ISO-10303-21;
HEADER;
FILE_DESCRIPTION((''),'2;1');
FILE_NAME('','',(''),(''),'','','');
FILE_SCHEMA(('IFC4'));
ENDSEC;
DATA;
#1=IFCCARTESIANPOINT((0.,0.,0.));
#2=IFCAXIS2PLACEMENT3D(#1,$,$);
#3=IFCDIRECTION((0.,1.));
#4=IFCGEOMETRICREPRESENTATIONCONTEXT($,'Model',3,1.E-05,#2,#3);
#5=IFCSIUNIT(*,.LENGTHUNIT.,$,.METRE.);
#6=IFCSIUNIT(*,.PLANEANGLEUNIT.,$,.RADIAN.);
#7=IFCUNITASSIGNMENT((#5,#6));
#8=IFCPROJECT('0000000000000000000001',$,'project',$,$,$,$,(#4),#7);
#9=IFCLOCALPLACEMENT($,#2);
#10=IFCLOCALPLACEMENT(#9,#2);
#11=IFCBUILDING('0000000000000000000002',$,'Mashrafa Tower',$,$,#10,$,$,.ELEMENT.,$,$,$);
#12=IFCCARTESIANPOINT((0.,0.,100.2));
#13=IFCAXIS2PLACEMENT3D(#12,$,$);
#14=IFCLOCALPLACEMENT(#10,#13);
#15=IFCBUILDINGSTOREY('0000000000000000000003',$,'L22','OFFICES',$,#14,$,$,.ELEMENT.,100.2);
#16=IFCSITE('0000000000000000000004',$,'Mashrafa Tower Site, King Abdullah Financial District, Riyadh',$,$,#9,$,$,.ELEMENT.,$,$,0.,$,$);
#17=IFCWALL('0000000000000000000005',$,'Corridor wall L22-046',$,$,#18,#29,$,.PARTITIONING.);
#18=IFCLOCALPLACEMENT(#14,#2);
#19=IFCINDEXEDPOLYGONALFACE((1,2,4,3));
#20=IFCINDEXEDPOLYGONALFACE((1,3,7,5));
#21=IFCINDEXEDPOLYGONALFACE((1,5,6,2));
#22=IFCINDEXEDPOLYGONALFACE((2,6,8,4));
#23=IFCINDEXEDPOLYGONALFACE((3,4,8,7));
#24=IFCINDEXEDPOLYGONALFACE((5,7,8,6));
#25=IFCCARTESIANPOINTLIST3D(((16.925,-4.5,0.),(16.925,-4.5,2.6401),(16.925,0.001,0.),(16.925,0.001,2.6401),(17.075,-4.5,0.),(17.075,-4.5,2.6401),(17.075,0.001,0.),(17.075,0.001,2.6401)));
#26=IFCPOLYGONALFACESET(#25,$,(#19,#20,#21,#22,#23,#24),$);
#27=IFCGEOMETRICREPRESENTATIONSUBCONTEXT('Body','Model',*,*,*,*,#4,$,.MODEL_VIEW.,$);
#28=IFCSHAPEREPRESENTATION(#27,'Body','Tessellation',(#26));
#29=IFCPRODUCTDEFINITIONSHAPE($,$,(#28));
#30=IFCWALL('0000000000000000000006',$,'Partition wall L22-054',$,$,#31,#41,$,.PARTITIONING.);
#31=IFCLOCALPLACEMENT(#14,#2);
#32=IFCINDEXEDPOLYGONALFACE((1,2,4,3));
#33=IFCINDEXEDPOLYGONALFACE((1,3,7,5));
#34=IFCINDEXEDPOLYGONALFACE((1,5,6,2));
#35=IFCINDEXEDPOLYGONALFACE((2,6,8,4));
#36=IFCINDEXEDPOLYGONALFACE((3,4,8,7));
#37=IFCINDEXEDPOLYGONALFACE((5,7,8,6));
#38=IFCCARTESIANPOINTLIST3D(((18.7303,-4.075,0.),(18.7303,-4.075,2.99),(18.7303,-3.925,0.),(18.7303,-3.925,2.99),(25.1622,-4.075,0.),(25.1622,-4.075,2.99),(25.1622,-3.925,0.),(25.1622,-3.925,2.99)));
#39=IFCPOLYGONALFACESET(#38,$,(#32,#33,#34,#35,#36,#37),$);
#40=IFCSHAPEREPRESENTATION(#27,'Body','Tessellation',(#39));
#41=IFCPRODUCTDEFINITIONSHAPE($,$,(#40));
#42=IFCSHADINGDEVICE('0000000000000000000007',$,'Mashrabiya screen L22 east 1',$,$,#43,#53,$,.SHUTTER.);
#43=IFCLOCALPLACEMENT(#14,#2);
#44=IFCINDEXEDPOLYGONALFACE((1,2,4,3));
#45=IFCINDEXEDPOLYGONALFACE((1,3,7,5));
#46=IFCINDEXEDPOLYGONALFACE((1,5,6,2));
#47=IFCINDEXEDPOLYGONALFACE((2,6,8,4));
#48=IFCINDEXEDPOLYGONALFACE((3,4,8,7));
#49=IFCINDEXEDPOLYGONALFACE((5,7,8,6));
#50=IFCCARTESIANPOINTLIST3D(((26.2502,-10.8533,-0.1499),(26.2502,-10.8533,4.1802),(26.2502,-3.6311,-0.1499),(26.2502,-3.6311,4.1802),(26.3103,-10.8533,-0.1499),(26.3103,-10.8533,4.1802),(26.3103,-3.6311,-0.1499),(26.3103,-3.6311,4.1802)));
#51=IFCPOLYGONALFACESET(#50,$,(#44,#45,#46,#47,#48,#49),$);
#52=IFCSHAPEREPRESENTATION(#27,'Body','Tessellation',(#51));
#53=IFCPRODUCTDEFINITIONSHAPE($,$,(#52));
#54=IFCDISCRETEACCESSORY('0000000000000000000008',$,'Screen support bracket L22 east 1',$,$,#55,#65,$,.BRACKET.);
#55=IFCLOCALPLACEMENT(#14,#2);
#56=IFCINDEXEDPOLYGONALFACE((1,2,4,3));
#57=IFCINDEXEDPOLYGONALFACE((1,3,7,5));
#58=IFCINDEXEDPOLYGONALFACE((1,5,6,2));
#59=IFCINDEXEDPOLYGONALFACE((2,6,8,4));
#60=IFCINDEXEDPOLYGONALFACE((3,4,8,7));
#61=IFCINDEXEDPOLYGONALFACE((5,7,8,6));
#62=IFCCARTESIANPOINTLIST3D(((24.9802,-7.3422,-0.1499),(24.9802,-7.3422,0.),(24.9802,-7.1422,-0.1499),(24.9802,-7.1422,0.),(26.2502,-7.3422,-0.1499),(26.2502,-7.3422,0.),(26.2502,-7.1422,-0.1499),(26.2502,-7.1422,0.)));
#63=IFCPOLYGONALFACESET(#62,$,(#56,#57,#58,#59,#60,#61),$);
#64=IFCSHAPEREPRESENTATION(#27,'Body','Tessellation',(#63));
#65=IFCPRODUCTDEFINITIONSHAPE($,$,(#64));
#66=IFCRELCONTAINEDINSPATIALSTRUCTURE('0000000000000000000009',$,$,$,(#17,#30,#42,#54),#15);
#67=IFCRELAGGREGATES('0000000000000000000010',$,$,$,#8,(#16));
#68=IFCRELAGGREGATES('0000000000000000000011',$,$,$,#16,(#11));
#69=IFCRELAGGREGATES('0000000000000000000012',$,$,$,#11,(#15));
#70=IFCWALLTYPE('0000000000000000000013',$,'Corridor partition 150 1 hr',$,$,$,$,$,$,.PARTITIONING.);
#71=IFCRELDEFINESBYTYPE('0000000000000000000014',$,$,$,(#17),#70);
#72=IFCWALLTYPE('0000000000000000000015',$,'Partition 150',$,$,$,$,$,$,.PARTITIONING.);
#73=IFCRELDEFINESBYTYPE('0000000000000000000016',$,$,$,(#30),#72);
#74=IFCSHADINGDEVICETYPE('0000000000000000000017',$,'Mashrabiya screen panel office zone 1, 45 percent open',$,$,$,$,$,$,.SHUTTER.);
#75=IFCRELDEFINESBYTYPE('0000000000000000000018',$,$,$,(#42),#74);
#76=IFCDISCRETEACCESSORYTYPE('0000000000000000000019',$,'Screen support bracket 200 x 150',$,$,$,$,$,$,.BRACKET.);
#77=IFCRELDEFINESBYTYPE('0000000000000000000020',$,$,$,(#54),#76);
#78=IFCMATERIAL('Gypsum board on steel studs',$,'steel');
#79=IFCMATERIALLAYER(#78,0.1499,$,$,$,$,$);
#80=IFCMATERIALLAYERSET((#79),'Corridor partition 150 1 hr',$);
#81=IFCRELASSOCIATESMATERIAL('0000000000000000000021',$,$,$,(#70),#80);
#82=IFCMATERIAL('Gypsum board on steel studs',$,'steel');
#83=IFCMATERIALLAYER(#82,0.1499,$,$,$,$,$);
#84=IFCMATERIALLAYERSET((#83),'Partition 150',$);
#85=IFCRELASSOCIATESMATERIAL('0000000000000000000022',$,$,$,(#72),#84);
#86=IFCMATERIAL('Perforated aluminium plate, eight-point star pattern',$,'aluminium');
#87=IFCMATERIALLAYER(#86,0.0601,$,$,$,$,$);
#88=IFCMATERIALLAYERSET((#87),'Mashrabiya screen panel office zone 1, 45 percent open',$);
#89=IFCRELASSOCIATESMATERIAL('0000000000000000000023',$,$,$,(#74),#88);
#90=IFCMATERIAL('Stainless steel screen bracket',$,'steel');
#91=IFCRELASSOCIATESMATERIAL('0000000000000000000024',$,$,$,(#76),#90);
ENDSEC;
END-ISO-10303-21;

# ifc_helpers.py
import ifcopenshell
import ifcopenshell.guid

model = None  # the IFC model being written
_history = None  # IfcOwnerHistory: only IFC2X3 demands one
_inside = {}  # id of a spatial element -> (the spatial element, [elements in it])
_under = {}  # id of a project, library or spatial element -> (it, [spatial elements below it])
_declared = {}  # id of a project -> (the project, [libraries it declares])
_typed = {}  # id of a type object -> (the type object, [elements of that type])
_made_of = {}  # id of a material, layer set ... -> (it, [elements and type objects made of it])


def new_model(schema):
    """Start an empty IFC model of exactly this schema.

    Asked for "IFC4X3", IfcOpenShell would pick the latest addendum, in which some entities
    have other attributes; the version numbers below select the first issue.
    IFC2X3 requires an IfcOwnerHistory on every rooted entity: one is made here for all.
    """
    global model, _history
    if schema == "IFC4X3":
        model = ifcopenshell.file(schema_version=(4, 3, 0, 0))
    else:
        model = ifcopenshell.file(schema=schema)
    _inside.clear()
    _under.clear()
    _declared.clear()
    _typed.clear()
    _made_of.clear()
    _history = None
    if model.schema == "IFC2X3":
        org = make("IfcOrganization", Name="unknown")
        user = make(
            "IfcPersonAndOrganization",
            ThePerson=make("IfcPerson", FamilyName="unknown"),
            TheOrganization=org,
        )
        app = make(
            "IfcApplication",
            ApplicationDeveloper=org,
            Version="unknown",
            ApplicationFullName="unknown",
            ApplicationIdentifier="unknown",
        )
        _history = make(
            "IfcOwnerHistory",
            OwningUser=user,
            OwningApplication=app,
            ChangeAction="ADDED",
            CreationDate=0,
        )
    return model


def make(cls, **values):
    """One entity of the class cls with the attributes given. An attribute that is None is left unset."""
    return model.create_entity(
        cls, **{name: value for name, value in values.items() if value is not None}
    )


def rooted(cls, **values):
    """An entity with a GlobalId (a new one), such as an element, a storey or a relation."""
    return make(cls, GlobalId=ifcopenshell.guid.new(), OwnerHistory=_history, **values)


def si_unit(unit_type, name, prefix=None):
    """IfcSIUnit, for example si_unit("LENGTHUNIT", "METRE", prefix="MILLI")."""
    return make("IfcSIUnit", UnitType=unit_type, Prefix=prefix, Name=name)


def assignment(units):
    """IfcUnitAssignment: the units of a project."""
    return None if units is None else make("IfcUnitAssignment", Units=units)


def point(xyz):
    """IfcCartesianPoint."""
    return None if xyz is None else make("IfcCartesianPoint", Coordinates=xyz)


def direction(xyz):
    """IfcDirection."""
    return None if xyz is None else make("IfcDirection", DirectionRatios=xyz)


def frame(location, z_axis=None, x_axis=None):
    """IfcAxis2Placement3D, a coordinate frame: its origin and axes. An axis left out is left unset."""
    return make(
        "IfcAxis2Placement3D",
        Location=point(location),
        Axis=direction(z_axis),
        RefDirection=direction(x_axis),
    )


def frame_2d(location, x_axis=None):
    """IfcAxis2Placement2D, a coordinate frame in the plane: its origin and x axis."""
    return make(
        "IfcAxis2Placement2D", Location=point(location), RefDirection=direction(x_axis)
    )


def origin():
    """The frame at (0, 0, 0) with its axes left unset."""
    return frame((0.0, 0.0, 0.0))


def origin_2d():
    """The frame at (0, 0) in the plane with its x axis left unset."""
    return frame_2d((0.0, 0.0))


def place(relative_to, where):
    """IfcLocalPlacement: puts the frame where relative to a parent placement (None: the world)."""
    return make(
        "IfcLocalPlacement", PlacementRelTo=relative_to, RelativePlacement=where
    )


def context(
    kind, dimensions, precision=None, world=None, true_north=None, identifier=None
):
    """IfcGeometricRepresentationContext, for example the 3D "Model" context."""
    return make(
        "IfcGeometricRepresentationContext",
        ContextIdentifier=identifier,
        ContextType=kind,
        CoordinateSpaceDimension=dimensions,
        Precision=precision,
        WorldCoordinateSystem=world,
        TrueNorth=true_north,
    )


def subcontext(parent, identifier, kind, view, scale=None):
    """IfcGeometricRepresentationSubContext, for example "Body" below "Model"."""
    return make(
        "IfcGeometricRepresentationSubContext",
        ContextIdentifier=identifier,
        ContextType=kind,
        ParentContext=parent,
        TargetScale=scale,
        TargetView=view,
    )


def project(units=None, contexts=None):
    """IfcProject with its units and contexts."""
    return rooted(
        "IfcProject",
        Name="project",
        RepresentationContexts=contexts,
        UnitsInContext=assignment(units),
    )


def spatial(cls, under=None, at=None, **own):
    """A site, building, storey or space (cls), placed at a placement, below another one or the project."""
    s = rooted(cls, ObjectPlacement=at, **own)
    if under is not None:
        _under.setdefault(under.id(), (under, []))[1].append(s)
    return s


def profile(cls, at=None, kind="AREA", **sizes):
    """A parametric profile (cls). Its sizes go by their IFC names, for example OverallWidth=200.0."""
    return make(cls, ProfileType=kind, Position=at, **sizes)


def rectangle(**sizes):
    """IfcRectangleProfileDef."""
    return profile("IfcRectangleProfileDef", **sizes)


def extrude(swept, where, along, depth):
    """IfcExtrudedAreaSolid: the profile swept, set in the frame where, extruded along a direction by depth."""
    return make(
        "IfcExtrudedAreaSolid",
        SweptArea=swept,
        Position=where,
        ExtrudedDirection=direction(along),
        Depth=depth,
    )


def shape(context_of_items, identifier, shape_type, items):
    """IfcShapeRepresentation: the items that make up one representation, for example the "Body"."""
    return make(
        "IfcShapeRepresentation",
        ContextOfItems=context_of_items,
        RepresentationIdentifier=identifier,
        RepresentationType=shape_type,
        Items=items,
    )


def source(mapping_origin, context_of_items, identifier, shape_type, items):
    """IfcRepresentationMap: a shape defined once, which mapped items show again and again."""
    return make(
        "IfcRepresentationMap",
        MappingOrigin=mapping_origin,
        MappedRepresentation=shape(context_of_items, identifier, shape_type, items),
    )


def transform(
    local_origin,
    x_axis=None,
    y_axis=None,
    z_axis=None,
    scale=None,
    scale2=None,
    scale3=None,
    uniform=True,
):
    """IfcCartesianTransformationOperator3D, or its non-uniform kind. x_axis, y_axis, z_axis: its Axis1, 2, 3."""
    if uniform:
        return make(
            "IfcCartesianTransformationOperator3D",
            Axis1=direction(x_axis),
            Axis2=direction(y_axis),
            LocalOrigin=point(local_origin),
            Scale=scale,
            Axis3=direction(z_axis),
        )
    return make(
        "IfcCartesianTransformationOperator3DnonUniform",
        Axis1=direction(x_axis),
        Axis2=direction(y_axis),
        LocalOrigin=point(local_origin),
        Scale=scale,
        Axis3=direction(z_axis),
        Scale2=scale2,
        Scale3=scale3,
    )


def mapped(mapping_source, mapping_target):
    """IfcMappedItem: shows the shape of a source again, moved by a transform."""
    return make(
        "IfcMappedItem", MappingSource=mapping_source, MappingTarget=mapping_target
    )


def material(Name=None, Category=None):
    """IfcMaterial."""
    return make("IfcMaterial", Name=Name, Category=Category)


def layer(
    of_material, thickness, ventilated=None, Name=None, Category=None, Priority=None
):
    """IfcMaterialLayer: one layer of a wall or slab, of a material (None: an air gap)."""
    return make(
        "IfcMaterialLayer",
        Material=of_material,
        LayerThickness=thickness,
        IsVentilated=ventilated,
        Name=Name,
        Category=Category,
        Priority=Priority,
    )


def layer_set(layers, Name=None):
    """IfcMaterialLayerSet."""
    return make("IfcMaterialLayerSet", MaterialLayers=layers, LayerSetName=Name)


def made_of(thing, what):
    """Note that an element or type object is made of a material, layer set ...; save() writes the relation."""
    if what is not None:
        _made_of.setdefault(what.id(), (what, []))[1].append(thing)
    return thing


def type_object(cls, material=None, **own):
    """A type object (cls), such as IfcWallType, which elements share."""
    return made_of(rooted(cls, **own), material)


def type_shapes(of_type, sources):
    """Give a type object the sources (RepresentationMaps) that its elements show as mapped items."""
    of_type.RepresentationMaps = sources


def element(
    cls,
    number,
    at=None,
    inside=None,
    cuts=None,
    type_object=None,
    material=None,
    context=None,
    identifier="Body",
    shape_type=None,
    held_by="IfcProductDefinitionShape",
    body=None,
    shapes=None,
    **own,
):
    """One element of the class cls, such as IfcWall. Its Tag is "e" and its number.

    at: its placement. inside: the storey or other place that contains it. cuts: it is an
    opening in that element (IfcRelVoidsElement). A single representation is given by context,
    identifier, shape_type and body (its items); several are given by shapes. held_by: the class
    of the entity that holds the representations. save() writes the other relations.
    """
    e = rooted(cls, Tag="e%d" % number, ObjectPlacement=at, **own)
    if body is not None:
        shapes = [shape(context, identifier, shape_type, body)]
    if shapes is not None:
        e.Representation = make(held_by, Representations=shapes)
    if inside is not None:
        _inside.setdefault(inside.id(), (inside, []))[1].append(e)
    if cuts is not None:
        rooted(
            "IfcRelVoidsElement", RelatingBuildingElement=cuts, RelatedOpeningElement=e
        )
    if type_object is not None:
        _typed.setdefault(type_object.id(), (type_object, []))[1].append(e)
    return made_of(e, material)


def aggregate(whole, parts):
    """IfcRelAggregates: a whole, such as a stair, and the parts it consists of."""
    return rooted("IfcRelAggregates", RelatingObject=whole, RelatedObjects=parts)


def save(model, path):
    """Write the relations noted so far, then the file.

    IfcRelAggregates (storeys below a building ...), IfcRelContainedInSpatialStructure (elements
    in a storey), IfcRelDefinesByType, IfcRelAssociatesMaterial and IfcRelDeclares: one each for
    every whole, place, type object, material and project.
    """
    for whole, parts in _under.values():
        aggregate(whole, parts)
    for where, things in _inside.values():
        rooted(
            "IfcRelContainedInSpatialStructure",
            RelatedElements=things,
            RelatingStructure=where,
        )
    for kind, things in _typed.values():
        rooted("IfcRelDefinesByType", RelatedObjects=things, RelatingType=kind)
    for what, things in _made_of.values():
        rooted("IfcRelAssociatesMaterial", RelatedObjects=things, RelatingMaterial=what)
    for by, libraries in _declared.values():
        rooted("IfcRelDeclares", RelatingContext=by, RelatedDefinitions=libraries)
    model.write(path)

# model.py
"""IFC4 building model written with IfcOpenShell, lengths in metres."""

from ifc_helpers import new_model, si_unit, direction, frame, frame_2d, origin, origin_2d, place, context, subcontext, project, spatial, rectangle, extrude, source, transform, mapped, material, layer, layer_set, type_object, type_shapes, element, save


model = new_model("IFC4")

# Units and contexts
model_context = context("Model", 3, precision=1e-05, world=origin(), true_north=direction((0.0, 1.0)))
body_context = subcontext(model_context, "Body", "Model", "MODEL_VIEW")
ifc_project = project(units=[si_unit("LENGTHUNIT", "METRE"), si_unit("PLANEANGLEUNIT", "RADIAN")], contexts=[model_context])

# Site, building, storey
site_placement = place(None, origin())
site = spatial("IfcSite", under=ifc_project, at=site_placement, Name="Mashrafa Tower Site, King Abdullah Financial District, Riyadh", CompositionType="ELEMENT", RefElevation=0.0)
building_placement = place(site_placement, origin())
building = spatial("IfcBuilding", under=site, at=building_placement, Name="Mashrafa Tower", CompositionType="ELEMENT")
storey_placement = place(building_placement, frame((0.0, 0.0, 100.2)))
storey = spatial("IfcBuildingStorey", under=building, at=storey_placement, Name="L22", Description="OFFICES", CompositionType="ELEMENT", Elevation=100.2)

# Shared definitions
ifc_material_1 = material(Name="Gypsum board on steel studs", Category="steel")
ifc_layer_1 = layer(ifc_material_1, 0.1499)
ifc_layer_set_1 = layer_set([ifc_layer_1], Name="Corridor partition 150 1 hr")
wall_type_1 = type_object("IfcWallType", Name="Corridor partition 150 1 hr", PredefinedType="PARTITIONING", material=ifc_layer_set_1)

# Walls
wall_1_placement = place(storey_placement, frame((17.0, -4.5, 0.0), z_axis=(0.0, 0.0, 1.0), x_axis=(0.0, 1.0, 0.0)))
element("IfcWall", 1, at=wall_1_placement, inside=storey, type_object=wall_type_1, Name="Corridor wall L22-046", PredefinedType="PARTITIONING", context=body_context, shape_type="SweptSolid", body=[
    extrude(rectangle(XDim=4.501, YDim=0.1499, at=frame_2d((2.2505, 0.0))), origin(), (0.0, 0.0, 1.0), 2.6401),
])
ifc_material_2 = material(Name="Gypsum board on steel studs", Category="steel")
ifc_layer_2 = layer(ifc_material_2, 0.1499)
ifc_layer_set_2 = layer_set([ifc_layer_2], Name="Partition 150")
wall_type_2 = type_object("IfcWallType", Name="Partition 150", PredefinedType="PARTITIONING", material=ifc_layer_set_2)
wall_2_placement = place(storey_placement, frame((25.1621, -4.0, 0.0), z_axis=(0.0, 0.0, 1.0), x_axis=(-1.0, 0.0, 0.0)))
element("IfcWall", 2, at=wall_2_placement, inside=storey, type_object=wall_type_2, Name="Partition wall L22-054", PredefinedType="PARTITIONING", context=body_context, shape_type="SweptSolid", body=[
    extrude(rectangle(XDim=6.4319, YDim=0.1499, at=frame_2d((3.2158, 0.0))), origin(), (0.0, 0.0, 1.0), 2.99),
])

# Shading device
ifc_material_3 = material(Name="Perforated aluminium plate, eight-point star pattern", Category="aluminium")
ifc_layer_3 = layer(ifc_material_3, 0.0601)
ifc_layer_set_3 = layer_set([ifc_layer_3], Name="Mashrabiya screen panel office zone 1, 45 percent open")
shading_device_type = type_object("IfcShadingDeviceType", Name="Mashrabiya screen panel office zone 1, 45 percent open", PredefinedType="SHUTTER", material=ifc_layer_set_3)
shared_shape_1 = source(origin(), body_context, "Body", "SweptSolid", [
    extrude(rectangle(XDim=7.2222, YDim=0.0601, at=origin_2d()), origin(), (0.0, 0.0, 1.0), 4.3301),
])
type_shapes(shading_device_type, [shared_shape_1])
shading_device_placement = place(storey_placement, frame((26.2803, -7.2422, -0.1499), z_axis=(0.0, 0.0, 1.0), x_axis=(0.0, 1.0, 0.0)))
element("IfcShadingDevice", 3, at=shading_device_placement, inside=storey, type_object=shading_device_type, Name="Mashrabiya screen L22 east 1", PredefinedType="SHUTTER", context=body_context, shape_type="MappedRepresentation", body=[
    mapped(shared_shape_1, transform((0.0, 0.0, 0.0))),
])

# Discrete accessory
ifc_material_4 = material(Name="Stainless steel screen bracket", Category="steel")
discrete_accessory_type = type_object("IfcDiscreteAccessoryType", Name="Screen support bracket 200 x 150", PredefinedType="BRACKET", material=ifc_material_4)
shared_shape_2 = source(origin(), body_context, "Body", "SweptSolid", [
    extrude(rectangle(XDim=0.2, YDim=1.27, at=origin_2d()), origin(), (0.0, 0.0, 1.0), 0.1499),
])
type_shapes(discrete_accessory_type, [shared_shape_2])
discrete_accessory_placement = place(storey_placement, frame((25.6152, -7.2422, -0.1499), z_axis=(0.0, 0.0, 1.0), x_axis=(0.0, 1.0, 0.0)))
element("IfcDiscreteAccessory", 4, at=discrete_accessory_placement, inside=storey, type_object=discrete_accessory_type, Name="Screen support bracket L22 east 1", PredefinedType="BRACKET", context=body_context, shape_type="MappedRepresentation", body=[
    mapped(shared_shape_2, transform((0.0, 0.0, 0.0))),
])

save(model, "model.ifc")
